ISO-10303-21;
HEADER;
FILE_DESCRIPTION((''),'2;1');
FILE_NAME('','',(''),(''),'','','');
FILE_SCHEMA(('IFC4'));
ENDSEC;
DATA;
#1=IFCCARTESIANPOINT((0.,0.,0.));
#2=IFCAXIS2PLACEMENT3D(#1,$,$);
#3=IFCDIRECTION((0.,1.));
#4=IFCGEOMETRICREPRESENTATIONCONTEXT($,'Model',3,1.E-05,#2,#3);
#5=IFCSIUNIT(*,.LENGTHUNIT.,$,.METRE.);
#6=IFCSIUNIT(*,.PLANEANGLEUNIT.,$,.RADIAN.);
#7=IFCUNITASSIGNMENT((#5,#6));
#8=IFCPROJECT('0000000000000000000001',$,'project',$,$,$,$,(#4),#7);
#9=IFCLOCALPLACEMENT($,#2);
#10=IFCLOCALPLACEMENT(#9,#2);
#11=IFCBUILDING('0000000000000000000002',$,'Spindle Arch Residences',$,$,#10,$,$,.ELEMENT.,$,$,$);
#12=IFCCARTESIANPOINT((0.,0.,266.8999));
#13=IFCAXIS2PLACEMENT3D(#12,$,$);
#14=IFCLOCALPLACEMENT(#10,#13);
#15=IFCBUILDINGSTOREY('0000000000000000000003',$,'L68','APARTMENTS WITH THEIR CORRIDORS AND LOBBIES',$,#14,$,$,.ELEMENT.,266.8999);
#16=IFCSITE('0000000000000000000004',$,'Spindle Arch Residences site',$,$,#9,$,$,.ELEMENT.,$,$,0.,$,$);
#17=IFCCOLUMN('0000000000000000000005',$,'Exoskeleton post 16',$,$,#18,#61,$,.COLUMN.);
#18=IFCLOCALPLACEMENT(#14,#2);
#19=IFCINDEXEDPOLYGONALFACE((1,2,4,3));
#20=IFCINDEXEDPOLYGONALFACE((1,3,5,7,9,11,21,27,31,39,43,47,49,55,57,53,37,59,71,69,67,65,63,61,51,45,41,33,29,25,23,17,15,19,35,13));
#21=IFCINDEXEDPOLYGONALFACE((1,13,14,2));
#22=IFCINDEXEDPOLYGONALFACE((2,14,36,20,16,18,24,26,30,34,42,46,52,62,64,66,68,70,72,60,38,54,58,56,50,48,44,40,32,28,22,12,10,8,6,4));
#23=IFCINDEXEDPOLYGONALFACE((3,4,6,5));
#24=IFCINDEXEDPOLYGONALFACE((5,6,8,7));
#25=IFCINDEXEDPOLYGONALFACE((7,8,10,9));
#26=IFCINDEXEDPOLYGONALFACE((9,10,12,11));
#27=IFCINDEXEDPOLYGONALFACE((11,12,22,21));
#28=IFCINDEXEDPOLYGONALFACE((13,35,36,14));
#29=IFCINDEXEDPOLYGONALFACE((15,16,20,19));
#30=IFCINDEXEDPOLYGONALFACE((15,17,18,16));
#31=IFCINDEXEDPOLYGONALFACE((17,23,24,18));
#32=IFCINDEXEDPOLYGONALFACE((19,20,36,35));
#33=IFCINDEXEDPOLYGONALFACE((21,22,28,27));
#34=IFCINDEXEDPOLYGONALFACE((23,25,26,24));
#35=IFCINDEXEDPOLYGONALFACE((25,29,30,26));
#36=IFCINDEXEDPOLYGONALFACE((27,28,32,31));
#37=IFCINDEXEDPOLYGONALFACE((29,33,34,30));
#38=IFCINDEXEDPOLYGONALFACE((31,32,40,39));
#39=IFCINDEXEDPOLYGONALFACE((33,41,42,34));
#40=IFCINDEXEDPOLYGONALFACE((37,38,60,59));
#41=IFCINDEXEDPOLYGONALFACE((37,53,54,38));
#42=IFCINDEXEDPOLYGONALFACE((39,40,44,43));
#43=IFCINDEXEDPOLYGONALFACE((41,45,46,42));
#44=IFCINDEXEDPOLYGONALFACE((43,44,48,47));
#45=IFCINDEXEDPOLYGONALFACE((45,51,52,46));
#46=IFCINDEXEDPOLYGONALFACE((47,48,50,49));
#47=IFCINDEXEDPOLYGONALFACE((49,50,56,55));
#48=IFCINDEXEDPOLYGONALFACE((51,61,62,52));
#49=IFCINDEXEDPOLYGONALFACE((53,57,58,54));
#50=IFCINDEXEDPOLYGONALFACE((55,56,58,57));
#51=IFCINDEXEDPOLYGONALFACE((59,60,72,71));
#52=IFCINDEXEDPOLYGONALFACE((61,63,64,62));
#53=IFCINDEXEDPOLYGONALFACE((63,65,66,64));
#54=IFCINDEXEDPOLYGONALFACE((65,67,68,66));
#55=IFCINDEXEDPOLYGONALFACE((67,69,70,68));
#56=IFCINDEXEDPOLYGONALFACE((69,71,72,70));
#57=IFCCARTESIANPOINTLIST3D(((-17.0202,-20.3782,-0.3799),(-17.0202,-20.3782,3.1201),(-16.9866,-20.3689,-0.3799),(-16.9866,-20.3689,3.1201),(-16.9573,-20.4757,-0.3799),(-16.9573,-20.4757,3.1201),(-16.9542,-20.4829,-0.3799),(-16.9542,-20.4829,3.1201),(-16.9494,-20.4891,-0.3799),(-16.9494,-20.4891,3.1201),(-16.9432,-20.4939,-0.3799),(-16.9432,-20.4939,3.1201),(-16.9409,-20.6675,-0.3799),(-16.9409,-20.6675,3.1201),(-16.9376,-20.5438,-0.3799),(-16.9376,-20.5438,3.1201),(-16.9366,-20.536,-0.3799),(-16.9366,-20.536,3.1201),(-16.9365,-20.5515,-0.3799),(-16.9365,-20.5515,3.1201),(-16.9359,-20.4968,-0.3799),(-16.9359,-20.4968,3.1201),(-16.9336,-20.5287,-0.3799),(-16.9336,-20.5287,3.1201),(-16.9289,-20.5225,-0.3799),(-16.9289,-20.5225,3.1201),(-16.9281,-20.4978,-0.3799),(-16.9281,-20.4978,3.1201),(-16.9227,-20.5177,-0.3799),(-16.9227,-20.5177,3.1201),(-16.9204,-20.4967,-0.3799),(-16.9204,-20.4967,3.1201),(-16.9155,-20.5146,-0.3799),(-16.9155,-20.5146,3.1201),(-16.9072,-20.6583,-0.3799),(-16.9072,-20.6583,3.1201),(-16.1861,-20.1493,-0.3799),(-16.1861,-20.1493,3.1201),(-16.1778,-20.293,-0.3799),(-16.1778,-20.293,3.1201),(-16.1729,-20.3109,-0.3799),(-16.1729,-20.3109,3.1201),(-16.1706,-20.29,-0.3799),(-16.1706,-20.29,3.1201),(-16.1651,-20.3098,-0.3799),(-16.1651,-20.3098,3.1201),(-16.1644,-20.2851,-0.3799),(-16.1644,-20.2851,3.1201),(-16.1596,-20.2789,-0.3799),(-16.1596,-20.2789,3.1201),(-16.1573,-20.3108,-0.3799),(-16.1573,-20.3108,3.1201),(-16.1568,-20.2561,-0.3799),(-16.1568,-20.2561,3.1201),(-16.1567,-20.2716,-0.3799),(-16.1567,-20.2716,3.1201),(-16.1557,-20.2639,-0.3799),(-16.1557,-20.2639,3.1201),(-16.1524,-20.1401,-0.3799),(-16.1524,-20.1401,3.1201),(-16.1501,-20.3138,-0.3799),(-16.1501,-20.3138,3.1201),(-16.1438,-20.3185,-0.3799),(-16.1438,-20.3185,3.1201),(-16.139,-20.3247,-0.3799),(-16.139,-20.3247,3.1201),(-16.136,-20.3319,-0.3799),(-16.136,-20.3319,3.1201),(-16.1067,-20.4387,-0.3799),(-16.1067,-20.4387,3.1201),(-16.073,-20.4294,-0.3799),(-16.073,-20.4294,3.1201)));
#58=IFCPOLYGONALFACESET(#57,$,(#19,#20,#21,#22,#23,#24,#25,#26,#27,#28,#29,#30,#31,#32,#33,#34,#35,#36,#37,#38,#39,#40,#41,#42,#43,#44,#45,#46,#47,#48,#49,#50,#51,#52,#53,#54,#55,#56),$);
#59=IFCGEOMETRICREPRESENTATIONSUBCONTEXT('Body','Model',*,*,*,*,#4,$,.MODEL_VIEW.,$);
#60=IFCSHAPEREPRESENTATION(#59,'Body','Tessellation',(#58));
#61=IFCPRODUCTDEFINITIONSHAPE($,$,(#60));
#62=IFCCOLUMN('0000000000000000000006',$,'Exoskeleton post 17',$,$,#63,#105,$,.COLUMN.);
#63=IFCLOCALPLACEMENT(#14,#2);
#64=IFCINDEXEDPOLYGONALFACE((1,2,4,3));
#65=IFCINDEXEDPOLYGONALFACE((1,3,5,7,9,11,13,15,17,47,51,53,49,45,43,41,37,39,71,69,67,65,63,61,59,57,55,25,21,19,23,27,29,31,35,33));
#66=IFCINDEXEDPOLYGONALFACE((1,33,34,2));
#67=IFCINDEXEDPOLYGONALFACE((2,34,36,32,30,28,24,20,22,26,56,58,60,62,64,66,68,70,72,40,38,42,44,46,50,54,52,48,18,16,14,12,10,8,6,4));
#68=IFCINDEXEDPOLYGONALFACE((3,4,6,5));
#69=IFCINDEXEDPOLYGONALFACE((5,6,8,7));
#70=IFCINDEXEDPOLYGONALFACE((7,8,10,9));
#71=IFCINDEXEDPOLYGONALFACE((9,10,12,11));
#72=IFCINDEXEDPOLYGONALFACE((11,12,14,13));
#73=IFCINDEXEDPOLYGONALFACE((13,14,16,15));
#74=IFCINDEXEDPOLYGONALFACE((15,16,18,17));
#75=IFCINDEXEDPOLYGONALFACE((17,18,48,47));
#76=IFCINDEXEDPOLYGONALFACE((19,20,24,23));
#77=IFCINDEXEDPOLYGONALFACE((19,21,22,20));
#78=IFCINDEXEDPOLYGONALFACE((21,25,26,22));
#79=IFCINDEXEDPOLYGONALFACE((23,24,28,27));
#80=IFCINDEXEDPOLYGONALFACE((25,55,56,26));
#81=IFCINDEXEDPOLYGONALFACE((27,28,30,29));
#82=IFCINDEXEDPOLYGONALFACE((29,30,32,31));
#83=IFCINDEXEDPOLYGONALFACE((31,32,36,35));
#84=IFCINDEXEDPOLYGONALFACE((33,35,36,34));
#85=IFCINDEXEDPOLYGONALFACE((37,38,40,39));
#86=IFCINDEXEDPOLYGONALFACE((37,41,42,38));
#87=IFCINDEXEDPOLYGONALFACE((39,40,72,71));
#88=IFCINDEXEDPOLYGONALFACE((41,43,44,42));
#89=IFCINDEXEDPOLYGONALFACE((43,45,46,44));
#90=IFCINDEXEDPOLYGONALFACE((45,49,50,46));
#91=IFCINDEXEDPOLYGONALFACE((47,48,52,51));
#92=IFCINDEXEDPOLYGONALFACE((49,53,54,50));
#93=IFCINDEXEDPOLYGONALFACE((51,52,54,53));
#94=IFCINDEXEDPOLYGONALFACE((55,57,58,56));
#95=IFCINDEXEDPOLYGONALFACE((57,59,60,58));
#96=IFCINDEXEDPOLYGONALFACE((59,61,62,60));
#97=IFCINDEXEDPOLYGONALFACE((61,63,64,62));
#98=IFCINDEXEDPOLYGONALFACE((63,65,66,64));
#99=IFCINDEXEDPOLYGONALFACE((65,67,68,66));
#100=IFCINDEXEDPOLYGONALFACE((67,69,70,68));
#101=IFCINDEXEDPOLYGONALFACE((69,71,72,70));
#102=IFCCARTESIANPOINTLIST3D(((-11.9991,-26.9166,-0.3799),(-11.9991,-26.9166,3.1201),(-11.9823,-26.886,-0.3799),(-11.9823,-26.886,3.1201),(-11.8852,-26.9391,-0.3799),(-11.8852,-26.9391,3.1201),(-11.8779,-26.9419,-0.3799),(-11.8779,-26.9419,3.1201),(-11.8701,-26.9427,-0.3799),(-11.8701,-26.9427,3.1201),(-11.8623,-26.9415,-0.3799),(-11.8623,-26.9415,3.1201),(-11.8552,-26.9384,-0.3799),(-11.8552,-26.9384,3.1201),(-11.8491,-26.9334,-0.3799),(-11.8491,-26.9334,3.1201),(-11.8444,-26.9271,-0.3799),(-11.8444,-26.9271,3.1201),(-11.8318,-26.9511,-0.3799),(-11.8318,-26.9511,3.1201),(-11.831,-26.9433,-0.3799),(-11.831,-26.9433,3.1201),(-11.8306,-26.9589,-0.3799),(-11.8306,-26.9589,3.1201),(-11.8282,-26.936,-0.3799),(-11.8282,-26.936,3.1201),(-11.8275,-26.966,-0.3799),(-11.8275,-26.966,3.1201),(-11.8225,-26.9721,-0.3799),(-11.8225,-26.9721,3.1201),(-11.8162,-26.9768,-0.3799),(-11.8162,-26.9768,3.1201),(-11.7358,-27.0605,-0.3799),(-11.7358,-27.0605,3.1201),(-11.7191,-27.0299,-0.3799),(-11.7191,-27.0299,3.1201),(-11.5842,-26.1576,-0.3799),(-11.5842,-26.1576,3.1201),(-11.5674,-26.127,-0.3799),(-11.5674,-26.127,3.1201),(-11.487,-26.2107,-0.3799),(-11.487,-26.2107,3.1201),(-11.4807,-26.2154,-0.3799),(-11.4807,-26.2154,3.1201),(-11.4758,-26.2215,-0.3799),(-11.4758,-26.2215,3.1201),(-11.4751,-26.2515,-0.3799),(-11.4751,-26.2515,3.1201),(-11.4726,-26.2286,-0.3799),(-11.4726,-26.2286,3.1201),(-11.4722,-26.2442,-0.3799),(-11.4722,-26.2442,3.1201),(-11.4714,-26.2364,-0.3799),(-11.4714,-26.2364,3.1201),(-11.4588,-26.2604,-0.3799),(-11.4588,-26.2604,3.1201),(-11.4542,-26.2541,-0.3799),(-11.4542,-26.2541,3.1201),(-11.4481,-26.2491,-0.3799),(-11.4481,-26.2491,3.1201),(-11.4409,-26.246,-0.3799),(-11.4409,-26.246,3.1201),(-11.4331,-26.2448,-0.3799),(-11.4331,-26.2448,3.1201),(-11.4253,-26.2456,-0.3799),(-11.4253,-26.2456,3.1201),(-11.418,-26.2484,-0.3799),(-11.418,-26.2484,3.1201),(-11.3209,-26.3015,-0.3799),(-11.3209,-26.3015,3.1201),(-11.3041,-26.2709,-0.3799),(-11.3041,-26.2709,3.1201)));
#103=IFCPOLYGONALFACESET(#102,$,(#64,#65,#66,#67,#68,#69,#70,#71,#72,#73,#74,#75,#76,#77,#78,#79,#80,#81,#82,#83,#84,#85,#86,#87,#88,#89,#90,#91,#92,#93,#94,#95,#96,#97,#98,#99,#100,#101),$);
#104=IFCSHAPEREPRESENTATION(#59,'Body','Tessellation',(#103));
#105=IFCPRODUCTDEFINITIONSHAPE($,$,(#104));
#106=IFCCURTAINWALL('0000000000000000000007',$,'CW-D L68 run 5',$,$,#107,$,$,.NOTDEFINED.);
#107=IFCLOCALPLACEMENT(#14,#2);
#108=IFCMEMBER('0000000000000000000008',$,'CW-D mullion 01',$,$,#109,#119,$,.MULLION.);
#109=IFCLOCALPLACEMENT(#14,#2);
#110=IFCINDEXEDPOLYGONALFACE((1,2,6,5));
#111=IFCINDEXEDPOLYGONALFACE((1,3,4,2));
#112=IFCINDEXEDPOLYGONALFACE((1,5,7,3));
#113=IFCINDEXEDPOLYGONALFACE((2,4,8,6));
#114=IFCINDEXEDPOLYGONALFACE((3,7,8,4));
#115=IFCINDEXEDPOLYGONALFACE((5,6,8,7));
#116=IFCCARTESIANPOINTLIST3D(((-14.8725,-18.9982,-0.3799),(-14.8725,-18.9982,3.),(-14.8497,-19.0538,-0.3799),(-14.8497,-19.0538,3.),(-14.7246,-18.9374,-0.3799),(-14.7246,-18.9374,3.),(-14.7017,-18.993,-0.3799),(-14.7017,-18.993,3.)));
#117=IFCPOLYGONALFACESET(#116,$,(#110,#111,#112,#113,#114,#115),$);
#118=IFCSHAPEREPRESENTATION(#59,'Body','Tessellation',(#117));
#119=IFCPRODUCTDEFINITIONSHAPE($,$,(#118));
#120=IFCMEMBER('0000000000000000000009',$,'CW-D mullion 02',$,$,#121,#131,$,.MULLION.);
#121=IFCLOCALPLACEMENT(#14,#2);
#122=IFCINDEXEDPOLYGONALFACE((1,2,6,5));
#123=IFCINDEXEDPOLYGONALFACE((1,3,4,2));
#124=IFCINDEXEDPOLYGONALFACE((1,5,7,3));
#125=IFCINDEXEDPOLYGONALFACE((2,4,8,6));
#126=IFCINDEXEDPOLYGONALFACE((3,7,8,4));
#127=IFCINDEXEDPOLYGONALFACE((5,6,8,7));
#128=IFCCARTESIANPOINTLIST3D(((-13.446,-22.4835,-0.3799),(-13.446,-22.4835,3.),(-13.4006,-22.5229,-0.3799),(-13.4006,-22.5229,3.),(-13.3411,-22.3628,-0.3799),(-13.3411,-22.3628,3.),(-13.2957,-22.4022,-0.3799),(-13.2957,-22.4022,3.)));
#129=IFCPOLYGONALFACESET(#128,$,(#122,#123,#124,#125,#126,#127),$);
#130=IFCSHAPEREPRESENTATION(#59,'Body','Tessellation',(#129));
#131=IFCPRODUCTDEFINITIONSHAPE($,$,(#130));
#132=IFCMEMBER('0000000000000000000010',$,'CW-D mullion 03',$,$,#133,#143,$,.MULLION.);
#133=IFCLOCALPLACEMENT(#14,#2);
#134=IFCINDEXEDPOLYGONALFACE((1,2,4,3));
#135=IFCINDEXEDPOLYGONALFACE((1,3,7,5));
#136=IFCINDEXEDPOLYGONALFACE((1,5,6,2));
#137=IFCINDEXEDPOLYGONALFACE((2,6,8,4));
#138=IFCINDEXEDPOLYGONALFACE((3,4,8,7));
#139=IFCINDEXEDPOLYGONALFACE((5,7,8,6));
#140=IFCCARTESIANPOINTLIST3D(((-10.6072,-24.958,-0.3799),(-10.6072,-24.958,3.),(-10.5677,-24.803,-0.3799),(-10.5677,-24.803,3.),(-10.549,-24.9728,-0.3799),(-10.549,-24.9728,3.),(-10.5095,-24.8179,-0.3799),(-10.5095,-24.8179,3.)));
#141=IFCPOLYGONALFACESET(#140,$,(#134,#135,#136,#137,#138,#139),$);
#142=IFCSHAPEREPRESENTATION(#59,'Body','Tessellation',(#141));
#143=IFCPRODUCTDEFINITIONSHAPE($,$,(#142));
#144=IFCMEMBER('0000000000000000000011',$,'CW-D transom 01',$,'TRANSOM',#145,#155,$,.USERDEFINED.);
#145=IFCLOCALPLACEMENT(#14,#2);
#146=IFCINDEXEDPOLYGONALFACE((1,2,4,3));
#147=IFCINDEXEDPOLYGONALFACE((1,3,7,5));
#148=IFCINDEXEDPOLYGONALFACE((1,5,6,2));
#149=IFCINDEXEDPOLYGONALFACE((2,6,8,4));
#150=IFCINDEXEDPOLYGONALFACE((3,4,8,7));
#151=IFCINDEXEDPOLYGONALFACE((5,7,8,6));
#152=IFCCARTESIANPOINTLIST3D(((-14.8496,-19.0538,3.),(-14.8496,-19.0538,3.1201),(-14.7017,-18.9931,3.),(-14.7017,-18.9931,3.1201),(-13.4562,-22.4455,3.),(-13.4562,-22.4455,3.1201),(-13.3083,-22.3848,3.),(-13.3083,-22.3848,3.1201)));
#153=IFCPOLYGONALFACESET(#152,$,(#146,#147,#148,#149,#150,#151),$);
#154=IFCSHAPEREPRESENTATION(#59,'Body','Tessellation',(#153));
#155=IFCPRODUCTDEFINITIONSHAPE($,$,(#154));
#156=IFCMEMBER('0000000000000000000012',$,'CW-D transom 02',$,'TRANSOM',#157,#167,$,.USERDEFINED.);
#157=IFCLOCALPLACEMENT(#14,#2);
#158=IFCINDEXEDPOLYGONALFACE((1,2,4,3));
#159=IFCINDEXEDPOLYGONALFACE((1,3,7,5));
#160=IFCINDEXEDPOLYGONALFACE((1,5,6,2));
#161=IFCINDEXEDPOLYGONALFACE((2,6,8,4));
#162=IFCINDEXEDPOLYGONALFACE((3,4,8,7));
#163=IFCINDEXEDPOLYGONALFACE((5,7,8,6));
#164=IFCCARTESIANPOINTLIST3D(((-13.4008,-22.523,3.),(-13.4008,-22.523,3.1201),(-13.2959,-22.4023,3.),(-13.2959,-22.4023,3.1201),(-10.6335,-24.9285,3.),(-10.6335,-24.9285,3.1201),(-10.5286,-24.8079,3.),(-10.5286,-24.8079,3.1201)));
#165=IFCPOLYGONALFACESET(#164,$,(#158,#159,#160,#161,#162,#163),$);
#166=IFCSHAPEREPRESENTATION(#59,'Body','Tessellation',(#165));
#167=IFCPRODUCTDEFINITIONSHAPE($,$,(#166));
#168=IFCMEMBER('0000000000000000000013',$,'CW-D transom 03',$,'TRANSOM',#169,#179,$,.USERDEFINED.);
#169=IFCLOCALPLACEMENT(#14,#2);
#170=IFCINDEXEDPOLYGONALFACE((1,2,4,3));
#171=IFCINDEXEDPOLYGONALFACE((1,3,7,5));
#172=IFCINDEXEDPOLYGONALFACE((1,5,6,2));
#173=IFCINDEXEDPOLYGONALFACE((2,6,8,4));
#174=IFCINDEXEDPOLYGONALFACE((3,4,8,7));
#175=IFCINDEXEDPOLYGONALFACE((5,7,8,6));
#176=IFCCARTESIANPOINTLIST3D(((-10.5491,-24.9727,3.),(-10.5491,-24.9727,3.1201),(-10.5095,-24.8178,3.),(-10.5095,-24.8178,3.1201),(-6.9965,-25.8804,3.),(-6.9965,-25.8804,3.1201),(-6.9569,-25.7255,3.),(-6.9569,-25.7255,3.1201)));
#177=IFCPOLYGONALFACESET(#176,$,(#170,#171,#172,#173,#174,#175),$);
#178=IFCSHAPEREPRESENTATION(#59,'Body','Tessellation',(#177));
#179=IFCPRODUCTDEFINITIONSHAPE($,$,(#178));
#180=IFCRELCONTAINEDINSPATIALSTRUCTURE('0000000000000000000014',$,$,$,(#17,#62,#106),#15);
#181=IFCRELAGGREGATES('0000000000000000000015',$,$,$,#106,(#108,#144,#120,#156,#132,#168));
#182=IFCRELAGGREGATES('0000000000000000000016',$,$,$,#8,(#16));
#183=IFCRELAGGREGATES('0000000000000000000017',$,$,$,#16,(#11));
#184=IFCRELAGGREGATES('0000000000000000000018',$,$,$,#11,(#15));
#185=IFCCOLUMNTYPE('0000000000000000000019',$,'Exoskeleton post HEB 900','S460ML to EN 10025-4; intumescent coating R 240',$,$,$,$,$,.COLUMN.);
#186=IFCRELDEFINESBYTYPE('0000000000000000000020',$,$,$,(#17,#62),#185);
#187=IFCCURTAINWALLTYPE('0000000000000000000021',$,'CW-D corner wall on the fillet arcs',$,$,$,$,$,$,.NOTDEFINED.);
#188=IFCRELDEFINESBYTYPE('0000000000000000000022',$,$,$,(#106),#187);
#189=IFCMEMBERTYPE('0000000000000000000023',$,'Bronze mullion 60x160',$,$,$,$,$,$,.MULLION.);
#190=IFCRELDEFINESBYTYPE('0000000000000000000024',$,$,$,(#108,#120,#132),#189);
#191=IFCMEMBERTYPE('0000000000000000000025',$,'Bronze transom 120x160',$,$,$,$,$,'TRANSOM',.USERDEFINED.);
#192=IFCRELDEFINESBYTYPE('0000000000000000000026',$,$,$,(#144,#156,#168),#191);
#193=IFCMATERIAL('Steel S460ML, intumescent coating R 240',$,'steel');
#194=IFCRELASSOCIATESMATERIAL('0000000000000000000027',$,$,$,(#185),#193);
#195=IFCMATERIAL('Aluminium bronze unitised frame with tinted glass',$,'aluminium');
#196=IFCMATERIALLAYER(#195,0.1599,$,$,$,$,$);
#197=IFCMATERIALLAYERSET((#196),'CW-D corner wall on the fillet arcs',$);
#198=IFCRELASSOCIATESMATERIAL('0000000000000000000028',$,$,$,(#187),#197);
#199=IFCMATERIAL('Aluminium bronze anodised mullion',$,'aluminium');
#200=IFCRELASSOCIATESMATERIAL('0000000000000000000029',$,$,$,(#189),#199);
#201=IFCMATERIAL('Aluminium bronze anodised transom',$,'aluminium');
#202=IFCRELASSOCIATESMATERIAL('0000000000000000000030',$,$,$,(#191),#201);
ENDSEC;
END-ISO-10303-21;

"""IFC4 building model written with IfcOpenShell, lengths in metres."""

from ifc_helpers import new_model, si_unit, direction, frame, origin, origin_2d, place, context, subcontext, project, spatial, rectangle, i_section, extrude, material, layer, layer_set, material_profile, profile_set, type_object, element, aggregate, save


model = new_model("IFC4")

# Units and contexts
model_context = context("Model", 3, precision=1e-05, world=origin(), true_north=direction((0.0, 1.0)))
body_context = subcontext(model_context, "Body", "Model", "MODEL_VIEW")
ifc_project = project(units=[si_unit("LENGTHUNIT", "METRE"), si_unit("PLANEANGLEUNIT", "RADIAN")], contexts=[model_context])

# Site, building, storey
site_placement = place(None, origin())
site = spatial("IfcSite", under=ifc_project, at=site_placement, Name="Spindle Arch Residences site", CompositionType="ELEMENT", RefElevation=0.0)
building_placement = place(site_placement, origin())
building = spatial("IfcBuilding", under=site, at=building_placement, Name="Spindle Arch Residences", CompositionType="ELEMENT")
storey_placement = place(building_placement, frame((0.0, 0.0, 266.8999)))
storey = spatial("IfcBuildingStorey", under=building, at=storey_placement, Name="L68", Description="APARTMENTS WITH THEIR CORRIDORS AND LOBBIES", CompositionType="ELEMENT", Elevation=266.8999)

# Columns
ifc_material_1 = material(Name="Steel S460ML, intumescent coating R 240", Category="steel")
ifc_material_profile_1 = material_profile(ifc_material_1, i_section(OverallWidth=0.3, OverallDepth=0.8999, WebThickness=0.0186, FlangeThickness=0.0349, FilletRadius=0.03, at=origin_2d()), Name="HEB 900")
ifc_profile_set_1 = profile_set([ifc_material_profile_1], Name="Steel S460ML, intumescent coating R 240")
column_type = type_object("IfcColumnType", Name="Exoskeleton post HEB 900", Description="S460ML to EN 10025-4; intumescent coating R 240", PredefinedType="COLUMN", material=ifc_profile_set_1)
for number, where, z_axis, x_axis, name in (
    (1, (-16.5466, -20.4038, -0.3799), (0.0, 0.0, 1.0), (-0.264569, 0.964367, 0.0), "Exoskeleton post 16"),
    (2, (-11.6516, -26.5938, -0.3799), (0.0, 0.0, 1.0), (-0.877435, 0.479696, 0.0), "Exoskeleton post 17"),
):
    element("IfcColumn", number, at=place(storey_placement, frame(where, z_axis=z_axis, x_axis=x_axis)), inside=storey, type_object=column_type, Name=name, PredefinedType="COLUMN", context=body_context, shape_type="SweptSolid", body=[
        extrude(i_section(OverallWidth=0.3, OverallDepth=0.8999, WebThickness=0.0186, FlangeThickness=0.0349, FilletRadius=0.03, at=origin_2d()), origin(), (0.0, 0.0, 1.0), 3.5),
    ])

# Curtain wall, members
ifc_material_2 = material(Name="Aluminium bronze unitised frame with tinted glass", Category="aluminium")
ifc_layer_1 = layer(ifc_material_2, 0.1599)
ifc_layer_set_1 = layer_set([ifc_layer_1], Name="CW-D corner wall on the fillet arcs")
curtain_wall_type = type_object("IfcCurtainWallType", Name="CW-D corner wall on the fillet arcs", PredefinedType="NOTDEFINED", material=ifc_layer_set_1)
curtain_wall_placement = place(storey_placement, origin())
curtain_wall = element("IfcCurtainWall", 3, at=curtain_wall_placement, inside=storey, type_object=curtain_wall_type, Name="CW-D L68 run 5", PredefinedType="NOTDEFINED")
ifc_material_3 = material(Name="Aluminium bronze anodised mullion", Category="aluminium")
ifc_material_profile_2 = material_profile(ifc_material_3, rectangle(XDim=0.1599, YDim=0.0601, at=origin_2d()), Name="MU 60x160")
ifc_profile_set_2 = profile_set([ifc_material_profile_2], Name="Aluminium bronze anodised mullion")
member_type_1 = type_object("IfcMemberType", Name="Bronze mullion 60x160", PredefinedType="MULLION", material=ifc_profile_set_2)
member_1_placement = place(storey_placement, frame((-14.7871, -18.9956, -0.3799), z_axis=(0.0, 0.0, 1.0), x_axis=(0.924989, 0.379994, 0.0)))
member_1 = element("IfcMember", 4, at=member_1_placement, type_object=member_type_1, Name="CW-D mullion 01", PredefinedType="MULLION", context=body_context, shape_type="SweptSolid", body=[
    extrude(rectangle(XDim=0.1599, YDim=0.0601, at=origin_2d()), origin(), (0.0, 0.0, 1.0), 3.3799),
])
member_2_placement = place(storey_placement, frame((-13.3708, -22.4429, -0.3799), z_axis=(0.0, 0.0, 1.0), x_axis=(0.656059, 0.75471, 0.0)))
member_2 = element("IfcMember", 5, at=member_2_placement, type_object=member_type_1, Name="CW-D mullion 02", PredefinedType="MULLION", context=body_context, shape_type="SweptSolid", body=[
    extrude(rectangle(XDim=0.1599, YDim=0.0601, at=origin_2d()), origin(), (0.0, 0.0, 1.0), 3.3799),
])
member_3_placement = place(storey_placement, frame((-10.5583, -24.8879, -0.3799), z_axis=(0.0, 0.0, 1.0), x_axis=(0.247563, 0.968872, 0.0)))
member_3 = element("IfcMember", 6, at=member_3_placement, type_object=member_type_1, Name="CW-D mullion 03", PredefinedType="MULLION", context=body_context, shape_type="SweptSolid", body=[
    extrude(rectangle(XDim=0.1599, YDim=0.0601, at=origin_2d()), origin(), (0.0, 0.0, 1.0), 3.3799),
])
ifc_material_4 = material(Name="Aluminium bronze anodised transom", Category="aluminium")
ifc_material_profile_3 = material_profile(ifc_material_4, rectangle(XDim=0.1599, YDim=0.1201, at=origin_2d()), Name="TR 120x160")
ifc_profile_set_3 = profile_set([ifc_material_profile_3], Name="Aluminium bronze anodised transom")
member_type_2 = type_object("IfcMemberType", Name="Bronze transom 120x160", ElementType="TRANSOM", PredefinedType="USERDEFINED", material=ifc_profile_set_3)
member_4_placement = place(storey_placement, frame((-14.7756, -19.0234, 3.0601), z_axis=(0.379996, -0.924988, 0.0), x_axis=(0.924988, 0.379996, 0.0)))
member_4 = element("IfcMember", 7, at=member_4_placement, type_object=member_type_2, Name="CW-D transom 01", ObjectType="TRANSOM", PredefinedType="USERDEFINED", context=body_context, shape_type="SweptSolid", body=[
    extrude(rectangle(XDim=0.1599, YDim=0.1201, at=origin_2d()), origin(), (0.0, 0.0, 1.0), 3.6667),
])
member_5_placement = place(storey_placement, frame((-13.3484, -22.4626, 3.0601), z_axis=(0.754722, -0.656045, 0.0), x_axis=(0.656045, 0.754722, 0.0)))
member_5 = element("IfcMember", 8, at=member_5_placement, type_object=member_type_2, Name="CW-D transom 02", ObjectType="TRANSOM", PredefinedType="USERDEFINED", context=body_context, shape_type="SweptSolid", body=[
    extrude(rectangle(XDim=0.1599, YDim=0.1201, at=origin_2d()), origin(), (0.0, 0.0, 1.0), 3.6667),
])
member_6_placement = place(storey_placement, frame((-10.5293, -24.8953, 3.0601), z_axis=(0.968876, -0.247545, 0.0), x_axis=(0.247545, 0.968876, 0.0)))
member_6 = element("IfcMember", 9, at=member_6_placement, type_object=member_type_2, Name="CW-D transom 03", ObjectType="TRANSOM", PredefinedType="USERDEFINED", context=body_context, shape_type="SweptSolid", body=[
    extrude(rectangle(XDim=0.1599, YDim=0.1201, at=origin_2d()), origin(), (0.0, 0.0, 1.0), 3.6667),
])

aggregate(curtain_wall, [member_1, member_4, member_2, member_5, member_3, member_6])

save(model, "model.ifc")
